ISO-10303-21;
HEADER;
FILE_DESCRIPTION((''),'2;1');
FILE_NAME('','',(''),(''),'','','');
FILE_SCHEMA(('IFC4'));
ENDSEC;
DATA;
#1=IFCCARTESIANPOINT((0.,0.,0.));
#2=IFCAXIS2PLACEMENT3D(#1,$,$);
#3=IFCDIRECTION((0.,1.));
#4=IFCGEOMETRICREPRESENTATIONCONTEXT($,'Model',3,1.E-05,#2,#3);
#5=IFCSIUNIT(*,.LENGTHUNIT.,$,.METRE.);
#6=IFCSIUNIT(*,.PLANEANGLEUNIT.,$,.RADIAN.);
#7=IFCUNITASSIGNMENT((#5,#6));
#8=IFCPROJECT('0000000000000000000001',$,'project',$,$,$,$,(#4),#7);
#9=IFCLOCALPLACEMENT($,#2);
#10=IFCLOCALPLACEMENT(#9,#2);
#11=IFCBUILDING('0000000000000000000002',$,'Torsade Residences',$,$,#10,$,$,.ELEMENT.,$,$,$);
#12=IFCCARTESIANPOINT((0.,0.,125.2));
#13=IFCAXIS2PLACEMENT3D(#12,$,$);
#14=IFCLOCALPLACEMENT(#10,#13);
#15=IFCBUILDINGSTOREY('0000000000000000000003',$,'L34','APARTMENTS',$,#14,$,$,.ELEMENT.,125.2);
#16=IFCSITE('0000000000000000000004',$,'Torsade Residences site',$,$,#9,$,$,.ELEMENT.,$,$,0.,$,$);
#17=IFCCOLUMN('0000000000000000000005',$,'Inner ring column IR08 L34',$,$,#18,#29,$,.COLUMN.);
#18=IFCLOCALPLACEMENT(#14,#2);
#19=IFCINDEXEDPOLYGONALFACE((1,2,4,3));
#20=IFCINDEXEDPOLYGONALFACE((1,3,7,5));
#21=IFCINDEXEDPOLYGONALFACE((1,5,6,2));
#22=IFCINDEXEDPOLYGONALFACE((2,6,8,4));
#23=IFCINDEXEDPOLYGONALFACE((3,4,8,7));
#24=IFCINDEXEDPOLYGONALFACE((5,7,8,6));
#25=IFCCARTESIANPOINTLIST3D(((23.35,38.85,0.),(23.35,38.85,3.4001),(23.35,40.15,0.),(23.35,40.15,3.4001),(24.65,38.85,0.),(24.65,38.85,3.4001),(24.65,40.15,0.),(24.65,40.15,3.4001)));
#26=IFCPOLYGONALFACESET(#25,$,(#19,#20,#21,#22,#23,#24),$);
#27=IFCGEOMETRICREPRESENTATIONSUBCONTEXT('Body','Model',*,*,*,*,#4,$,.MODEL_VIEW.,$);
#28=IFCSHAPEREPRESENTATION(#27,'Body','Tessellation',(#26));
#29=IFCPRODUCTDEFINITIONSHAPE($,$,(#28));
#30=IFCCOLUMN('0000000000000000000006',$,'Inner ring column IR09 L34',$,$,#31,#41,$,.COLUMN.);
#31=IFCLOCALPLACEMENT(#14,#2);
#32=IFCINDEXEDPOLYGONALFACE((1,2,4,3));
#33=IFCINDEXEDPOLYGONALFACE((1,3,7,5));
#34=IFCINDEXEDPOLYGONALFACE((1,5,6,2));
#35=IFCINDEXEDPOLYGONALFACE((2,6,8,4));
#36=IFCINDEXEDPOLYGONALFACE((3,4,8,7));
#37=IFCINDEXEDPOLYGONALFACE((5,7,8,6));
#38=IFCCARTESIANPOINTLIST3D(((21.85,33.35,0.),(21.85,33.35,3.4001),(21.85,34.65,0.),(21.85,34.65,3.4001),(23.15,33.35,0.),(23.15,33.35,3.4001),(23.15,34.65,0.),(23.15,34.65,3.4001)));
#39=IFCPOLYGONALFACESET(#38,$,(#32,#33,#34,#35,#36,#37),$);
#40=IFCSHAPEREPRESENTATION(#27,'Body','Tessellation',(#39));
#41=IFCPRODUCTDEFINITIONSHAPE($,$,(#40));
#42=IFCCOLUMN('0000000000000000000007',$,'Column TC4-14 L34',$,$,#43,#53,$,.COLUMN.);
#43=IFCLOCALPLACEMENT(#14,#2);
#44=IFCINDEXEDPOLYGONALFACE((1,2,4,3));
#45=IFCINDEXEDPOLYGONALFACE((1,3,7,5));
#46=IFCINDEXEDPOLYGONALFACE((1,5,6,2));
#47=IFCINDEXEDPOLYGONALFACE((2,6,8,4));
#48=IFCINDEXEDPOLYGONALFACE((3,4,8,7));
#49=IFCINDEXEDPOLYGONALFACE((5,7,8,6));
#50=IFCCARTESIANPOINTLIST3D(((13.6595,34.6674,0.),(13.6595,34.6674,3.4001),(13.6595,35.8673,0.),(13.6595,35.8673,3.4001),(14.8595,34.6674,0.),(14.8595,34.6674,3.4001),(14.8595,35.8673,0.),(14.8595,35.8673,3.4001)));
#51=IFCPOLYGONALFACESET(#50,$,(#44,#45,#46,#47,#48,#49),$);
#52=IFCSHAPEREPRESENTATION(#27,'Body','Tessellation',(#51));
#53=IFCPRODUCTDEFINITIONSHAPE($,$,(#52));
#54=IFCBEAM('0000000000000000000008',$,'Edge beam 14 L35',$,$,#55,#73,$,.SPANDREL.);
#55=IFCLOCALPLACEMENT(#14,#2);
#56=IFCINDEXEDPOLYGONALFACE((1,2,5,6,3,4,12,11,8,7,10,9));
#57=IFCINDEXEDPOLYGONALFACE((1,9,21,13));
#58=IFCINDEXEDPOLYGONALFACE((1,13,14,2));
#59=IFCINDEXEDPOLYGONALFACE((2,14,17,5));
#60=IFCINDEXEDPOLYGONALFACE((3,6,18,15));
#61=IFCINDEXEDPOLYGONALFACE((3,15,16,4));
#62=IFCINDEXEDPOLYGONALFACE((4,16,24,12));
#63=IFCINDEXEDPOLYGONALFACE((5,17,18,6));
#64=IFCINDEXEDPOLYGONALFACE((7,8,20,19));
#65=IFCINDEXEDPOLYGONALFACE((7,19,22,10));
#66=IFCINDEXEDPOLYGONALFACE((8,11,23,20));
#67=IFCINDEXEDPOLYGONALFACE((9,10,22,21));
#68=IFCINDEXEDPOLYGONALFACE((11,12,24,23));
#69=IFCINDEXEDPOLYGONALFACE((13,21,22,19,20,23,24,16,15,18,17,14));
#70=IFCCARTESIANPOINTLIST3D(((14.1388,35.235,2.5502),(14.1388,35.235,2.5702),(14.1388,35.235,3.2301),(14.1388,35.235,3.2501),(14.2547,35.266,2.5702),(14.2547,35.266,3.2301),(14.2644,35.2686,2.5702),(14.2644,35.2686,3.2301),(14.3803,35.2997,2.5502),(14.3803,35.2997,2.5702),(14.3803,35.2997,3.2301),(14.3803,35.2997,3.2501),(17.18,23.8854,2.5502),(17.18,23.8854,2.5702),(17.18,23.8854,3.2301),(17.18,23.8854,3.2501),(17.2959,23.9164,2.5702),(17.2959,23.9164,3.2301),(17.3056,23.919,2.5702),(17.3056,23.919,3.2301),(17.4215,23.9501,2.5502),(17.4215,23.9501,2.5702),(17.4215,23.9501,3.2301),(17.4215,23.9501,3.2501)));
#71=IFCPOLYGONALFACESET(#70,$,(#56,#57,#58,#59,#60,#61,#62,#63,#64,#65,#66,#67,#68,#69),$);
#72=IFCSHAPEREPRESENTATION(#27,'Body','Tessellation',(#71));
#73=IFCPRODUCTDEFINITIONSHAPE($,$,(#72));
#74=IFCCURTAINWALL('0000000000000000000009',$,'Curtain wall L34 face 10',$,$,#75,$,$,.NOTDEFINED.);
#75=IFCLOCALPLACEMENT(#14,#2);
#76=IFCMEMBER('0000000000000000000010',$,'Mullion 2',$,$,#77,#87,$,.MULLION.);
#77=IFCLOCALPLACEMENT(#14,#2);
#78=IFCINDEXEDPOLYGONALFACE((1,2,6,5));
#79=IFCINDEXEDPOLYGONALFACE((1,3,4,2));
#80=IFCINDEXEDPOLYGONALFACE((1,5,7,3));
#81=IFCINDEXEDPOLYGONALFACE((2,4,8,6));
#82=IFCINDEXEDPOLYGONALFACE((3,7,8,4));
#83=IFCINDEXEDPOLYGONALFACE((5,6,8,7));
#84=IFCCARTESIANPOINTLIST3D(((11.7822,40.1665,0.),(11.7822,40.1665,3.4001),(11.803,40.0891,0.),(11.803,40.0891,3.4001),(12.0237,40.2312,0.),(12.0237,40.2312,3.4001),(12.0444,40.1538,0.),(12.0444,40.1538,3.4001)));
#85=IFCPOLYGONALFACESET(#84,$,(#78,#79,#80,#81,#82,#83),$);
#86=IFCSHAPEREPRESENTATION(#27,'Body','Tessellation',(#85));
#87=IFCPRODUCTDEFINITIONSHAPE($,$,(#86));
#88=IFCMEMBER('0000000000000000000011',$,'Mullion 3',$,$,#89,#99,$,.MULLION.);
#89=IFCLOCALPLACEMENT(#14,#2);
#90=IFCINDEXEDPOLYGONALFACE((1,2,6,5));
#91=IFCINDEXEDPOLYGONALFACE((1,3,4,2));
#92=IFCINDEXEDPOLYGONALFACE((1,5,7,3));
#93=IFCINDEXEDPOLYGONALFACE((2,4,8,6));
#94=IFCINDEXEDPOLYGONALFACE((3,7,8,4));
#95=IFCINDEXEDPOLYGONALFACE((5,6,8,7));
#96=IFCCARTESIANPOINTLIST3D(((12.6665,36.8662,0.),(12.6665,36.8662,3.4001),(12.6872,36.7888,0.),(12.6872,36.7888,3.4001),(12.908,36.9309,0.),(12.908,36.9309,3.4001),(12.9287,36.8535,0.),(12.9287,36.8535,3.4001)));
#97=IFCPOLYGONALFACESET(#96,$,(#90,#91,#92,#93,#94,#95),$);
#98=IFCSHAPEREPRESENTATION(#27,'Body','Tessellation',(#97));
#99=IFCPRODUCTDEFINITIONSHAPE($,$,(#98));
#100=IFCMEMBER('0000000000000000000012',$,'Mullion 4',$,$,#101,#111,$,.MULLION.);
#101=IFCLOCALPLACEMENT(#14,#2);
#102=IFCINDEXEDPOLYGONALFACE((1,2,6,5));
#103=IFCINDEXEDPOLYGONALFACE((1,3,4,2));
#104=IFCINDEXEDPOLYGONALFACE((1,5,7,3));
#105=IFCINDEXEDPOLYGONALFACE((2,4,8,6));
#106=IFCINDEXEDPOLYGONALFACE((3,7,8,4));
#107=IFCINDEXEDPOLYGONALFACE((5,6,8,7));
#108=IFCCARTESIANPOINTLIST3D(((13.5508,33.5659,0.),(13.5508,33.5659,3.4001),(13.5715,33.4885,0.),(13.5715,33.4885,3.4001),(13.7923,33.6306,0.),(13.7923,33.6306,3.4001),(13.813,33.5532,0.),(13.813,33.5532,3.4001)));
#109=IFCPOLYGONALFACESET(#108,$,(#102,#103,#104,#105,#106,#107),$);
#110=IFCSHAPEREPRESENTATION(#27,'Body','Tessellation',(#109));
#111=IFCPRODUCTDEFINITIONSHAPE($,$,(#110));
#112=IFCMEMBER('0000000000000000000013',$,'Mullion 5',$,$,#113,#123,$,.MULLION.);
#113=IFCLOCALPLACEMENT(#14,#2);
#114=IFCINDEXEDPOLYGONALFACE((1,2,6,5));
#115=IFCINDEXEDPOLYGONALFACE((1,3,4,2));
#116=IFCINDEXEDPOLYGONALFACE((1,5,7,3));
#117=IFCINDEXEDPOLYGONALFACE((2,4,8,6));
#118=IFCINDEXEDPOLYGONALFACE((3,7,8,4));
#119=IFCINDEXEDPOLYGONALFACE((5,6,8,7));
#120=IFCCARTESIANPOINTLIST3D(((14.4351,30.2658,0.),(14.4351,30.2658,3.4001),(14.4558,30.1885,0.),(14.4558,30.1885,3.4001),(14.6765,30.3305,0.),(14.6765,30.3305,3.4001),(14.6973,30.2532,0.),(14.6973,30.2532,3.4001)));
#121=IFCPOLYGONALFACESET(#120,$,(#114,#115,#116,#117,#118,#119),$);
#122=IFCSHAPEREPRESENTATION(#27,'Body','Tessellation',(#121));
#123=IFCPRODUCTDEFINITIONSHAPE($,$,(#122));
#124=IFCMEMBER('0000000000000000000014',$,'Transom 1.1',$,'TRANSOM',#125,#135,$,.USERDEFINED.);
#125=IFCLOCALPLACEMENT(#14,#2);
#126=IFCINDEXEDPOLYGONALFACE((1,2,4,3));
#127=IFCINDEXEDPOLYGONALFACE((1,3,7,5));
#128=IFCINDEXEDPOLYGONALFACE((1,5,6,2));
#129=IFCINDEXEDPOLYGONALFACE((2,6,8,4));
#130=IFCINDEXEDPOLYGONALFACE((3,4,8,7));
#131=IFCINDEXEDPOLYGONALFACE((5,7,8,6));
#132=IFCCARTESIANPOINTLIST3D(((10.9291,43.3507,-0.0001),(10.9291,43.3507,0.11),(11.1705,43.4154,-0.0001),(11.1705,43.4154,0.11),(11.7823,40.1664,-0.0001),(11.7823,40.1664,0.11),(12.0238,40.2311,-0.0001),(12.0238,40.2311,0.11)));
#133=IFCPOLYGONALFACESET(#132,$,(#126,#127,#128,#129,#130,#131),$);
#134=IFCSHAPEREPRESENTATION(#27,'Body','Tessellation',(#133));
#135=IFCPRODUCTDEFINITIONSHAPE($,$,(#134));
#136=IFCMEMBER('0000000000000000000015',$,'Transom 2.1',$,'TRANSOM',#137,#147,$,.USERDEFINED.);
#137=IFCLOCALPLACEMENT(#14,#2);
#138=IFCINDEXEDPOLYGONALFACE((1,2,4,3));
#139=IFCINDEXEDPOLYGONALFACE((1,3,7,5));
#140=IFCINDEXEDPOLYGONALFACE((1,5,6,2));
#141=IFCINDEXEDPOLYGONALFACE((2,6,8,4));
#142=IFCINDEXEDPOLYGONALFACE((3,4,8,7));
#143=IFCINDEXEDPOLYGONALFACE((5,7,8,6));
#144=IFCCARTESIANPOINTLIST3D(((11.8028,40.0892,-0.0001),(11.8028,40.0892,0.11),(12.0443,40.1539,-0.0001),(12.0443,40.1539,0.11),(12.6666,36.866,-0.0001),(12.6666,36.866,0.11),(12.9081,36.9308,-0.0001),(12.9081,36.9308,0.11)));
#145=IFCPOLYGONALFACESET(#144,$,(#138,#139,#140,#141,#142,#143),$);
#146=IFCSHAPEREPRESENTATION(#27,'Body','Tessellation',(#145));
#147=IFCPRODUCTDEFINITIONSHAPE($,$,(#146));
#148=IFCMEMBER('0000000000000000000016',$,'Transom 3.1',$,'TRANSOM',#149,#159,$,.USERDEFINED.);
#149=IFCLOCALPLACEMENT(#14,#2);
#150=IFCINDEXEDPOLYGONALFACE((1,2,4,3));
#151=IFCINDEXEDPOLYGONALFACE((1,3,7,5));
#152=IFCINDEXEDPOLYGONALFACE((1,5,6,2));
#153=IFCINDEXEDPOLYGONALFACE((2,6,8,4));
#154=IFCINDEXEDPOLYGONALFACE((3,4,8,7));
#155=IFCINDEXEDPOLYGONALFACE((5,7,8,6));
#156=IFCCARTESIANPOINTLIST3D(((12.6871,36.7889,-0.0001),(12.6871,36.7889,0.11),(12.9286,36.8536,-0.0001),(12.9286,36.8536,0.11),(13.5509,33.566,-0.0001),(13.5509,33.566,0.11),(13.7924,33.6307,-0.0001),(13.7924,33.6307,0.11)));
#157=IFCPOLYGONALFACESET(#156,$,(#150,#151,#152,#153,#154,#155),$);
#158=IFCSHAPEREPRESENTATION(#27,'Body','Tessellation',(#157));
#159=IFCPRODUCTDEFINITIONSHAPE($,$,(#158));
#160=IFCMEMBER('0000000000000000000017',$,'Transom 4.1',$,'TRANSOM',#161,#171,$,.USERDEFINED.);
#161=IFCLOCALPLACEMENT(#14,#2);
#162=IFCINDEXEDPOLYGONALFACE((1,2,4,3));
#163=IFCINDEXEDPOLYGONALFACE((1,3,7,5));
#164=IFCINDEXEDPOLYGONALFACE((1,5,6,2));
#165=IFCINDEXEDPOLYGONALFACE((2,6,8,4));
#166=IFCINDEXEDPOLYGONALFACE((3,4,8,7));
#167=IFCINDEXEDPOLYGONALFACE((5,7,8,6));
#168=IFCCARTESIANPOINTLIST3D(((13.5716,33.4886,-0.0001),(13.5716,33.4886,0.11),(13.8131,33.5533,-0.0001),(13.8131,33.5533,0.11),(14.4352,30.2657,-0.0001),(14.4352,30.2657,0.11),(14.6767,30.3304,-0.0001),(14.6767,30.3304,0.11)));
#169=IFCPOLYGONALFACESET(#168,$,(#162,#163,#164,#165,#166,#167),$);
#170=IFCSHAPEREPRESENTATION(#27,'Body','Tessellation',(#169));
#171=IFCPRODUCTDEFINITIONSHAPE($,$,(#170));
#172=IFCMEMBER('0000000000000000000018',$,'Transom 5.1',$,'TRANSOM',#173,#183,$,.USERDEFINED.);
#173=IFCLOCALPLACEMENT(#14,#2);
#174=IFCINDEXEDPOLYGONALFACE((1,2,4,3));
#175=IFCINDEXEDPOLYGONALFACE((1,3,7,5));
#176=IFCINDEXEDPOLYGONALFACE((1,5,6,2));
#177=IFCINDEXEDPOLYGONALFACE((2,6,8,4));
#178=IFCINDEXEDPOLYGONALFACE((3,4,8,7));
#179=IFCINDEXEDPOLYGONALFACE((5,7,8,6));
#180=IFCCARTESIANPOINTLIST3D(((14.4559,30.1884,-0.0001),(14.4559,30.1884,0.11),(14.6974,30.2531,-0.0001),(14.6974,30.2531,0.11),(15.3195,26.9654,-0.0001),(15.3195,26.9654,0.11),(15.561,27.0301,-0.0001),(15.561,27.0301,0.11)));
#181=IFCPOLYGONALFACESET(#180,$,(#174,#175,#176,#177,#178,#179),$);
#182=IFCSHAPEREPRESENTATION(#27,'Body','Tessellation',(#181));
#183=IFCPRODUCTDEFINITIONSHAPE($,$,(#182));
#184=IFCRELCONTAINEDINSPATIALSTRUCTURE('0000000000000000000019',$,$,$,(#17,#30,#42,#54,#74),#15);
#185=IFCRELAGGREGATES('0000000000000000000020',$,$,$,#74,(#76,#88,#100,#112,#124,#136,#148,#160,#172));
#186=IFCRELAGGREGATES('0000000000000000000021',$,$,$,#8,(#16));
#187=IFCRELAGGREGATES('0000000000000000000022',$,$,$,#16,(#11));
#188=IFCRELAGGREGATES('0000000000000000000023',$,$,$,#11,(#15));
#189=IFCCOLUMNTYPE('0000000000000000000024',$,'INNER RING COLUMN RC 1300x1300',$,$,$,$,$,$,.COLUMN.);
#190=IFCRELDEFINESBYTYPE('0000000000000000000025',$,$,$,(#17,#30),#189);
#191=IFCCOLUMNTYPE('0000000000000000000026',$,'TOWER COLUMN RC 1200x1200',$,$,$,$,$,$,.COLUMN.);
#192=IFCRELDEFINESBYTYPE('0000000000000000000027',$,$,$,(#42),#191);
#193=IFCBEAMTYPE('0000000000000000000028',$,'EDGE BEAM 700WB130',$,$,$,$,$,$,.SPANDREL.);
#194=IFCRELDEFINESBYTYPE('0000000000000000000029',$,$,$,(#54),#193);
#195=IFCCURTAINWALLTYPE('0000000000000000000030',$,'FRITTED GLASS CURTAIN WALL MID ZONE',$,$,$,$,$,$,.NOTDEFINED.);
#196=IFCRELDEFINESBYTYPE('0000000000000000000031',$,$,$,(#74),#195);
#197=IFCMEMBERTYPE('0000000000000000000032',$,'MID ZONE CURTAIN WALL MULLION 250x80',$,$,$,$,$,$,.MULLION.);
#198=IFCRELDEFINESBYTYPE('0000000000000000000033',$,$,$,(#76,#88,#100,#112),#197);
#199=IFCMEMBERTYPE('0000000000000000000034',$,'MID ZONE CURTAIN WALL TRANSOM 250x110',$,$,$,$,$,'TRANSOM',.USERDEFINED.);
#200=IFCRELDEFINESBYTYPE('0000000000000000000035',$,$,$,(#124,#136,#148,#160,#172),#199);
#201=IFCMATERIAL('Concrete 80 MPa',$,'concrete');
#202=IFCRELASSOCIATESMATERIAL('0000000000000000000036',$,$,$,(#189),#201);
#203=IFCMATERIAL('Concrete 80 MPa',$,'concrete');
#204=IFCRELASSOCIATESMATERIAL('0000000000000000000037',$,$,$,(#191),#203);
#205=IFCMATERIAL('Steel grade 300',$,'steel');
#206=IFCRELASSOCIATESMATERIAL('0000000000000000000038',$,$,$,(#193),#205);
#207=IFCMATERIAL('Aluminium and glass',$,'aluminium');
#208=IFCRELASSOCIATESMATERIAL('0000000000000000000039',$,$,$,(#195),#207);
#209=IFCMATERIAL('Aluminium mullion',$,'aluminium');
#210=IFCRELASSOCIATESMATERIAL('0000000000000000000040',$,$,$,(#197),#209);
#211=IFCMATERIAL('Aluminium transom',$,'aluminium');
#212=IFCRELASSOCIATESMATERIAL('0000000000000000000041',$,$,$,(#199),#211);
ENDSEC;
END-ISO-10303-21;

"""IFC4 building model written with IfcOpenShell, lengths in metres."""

from ifc_helpers import new_model, si_unit, direction, frame, origin, origin_2d, place, context, subcontext, project, spatial, rectangle, i_section, extrude, material, material_profile, profile_set, type_object, element, aggregate, save


model = new_model("IFC4")

# Units and contexts
model_context = context("Model", 3, precision=1e-05, world=origin(), true_north=direction((0.0, 1.0)))
body_context = subcontext(model_context, "Body", "Model", "MODEL_VIEW")
ifc_project = project(units=[si_unit("LENGTHUNIT", "METRE"), si_unit("PLANEANGLEUNIT", "RADIAN")], contexts=[model_context])

# Site, building, storey
site_placement = place(None, origin())
site = spatial("IfcSite", under=ifc_project, at=site_placement, Name="Torsade Residences site", CompositionType="ELEMENT", RefElevation=0.0)
building_placement = place(site_placement, origin())
building = spatial("IfcBuilding", under=site, at=building_placement, Name="Torsade Residences", CompositionType="ELEMENT")
storey_placement = place(building_placement, frame((0.0, 0.0, 125.2)))
storey = spatial("IfcBuildingStorey", under=building, at=storey_placement, Name="L34", Description="APARTMENTS", CompositionType="ELEMENT", Elevation=125.2)

# Columns
ifc_material_1 = material(Name="Concrete 80 MPa", Category="concrete")
ifc_material_profile_1 = material_profile(ifc_material_1, rectangle(XDim=1.3, YDim=1.3, at=origin_2d()), Name="RC 1300x1300")
ifc_profile_set_1 = profile_set([ifc_material_profile_1], Name="Concrete 80 MPa")
column_type_1 = type_object("IfcColumnType", Name="INNER RING COLUMN RC 1300x1300", PredefinedType="COLUMN", material=ifc_profile_set_1)
for number, where, z_axis, x_axis, name in (
    (1, (24.0, 39.5, 0.0), (0.0, 0.0, 1.0), (1.0, 0.0, 0.0), "Inner ring column IR08 L34"),
    (2, (22.5, 34.0, 0.0), (0.0, 0.0, 1.0), (1.0, 0.0, 0.0), "Inner ring column IR09 L34"),
):
    element("IfcColumn", number, at=place(storey_placement, frame(where, z_axis=z_axis, x_axis=x_axis)), inside=storey, type_object=column_type_1, Name=name, PredefinedType="COLUMN", context=body_context, shape_type="SweptSolid", body=[
        extrude(rectangle(XDim=1.3, YDim=1.3, at=origin_2d()), origin(), (0.0, 0.0, 1.0), 3.4001),
    ])
ifc_material_2 = material(Name="Concrete 80 MPa", Category="concrete")
ifc_material_profile_2 = material_profile(ifc_material_2, rectangle(XDim=1.2, YDim=1.2, at=origin_2d()), Name="RC 1200x1200")
ifc_profile_set_2 = profile_set([ifc_material_profile_2], Name="Concrete 80 MPa")
column_type_2 = type_object("IfcColumnType", Name="TOWER COLUMN RC 1200x1200", PredefinedType="COLUMN", material=ifc_profile_set_2)
column_placement = place(storey_placement, frame((14.2595, 35.2673, 0.0), z_axis=(0.0, 0.0, 1.0), x_axis=(1.0, 0.0, 0.0)))
element("IfcColumn", 3, at=column_placement, inside=storey, type_object=column_type_2, Name="Column TC4-14 L34", PredefinedType="COLUMN", context=body_context, shape_type="SweptSolid", body=[
    extrude(rectangle(XDim=1.2, YDim=1.2, at=origin_2d()), origin(), (0.0, 0.0, 1.0), 3.4001),
])

# Beam
ifc_material_3 = material(Name="Steel grade 300", Category="steel")
ifc_material_profile_3 = material_profile(ifc_material_3, i_section(OverallWidth=0.25, OverallDepth=0.7, WebThickness=0.01, FlangeThickness=0.02, at=origin_2d()), Name="700WB130")
ifc_profile_set_3 = profile_set([ifc_material_profile_3], Name="Steel grade 300")
beam_type_1 = type_object("IfcBeamType", Name="EDGE BEAM 700WB130", PredefinedType="SPANDREL", material=ifc_profile_set_3)
beam_1_placement = place(storey_placement, frame((14.2595, 35.2673, 2.9001), z_axis=(0.25883, -0.965923, 0.0), x_axis=(0.965923, 0.25883, 0.0)))
element("IfcBeam", 4, at=beam_1_placement, inside=storey, type_object=beam_type_1, Name="Edge beam 14 L35", PredefinedType="SPANDREL", context=body_context, shape_type="SweptSolid", body=[
    extrude(i_section(OverallWidth=0.25, OverallDepth=0.7, WebThickness=0.01, FlangeThickness=0.02, at=origin_2d()), origin(), (0.0, 0.0, 1.0), 11.75),
])

# Curtain wall, members
ifc_material_4 = material(Name="Aluminium and glass", Category="aluminium")
curtain_wall_type = type_object("IfcCurtainWallType", Name="FRITTED GLASS CURTAIN WALL MID ZONE", PredefinedType="NOTDEFINED", material=ifc_material_4)
curtain_wall_placement = place(storey_placement, origin())
curtain_wall = element("IfcCurtainWall", 5, at=curtain_wall_placement, inside=storey, type_object=curtain_wall_type, Name="Curtain wall L34 face 10", PredefinedType="NOTDEFINED")
ifc_material_5 = material(Name="Aluminium mullion", Category="aluminium")
ifc_material_profile_4 = material_profile(ifc_material_5, rectangle(XDim=0.25, YDim=0.0801, at=origin_2d()), Name="MID ZONE CURTAIN WALL MULLION 250x80")
ifc_profile_set_4 = profile_set([ifc_material_profile_4], Name="Aluminium mullion")
member_type_1 = type_object("IfcMemberType", Name="MID ZONE CURTAIN WALL MULLION 250x80", PredefinedType="MULLION", material=ifc_profile_set_4)
member_1_placement = place(storey_placement, frame((11.9133, 40.1602, 0.0), z_axis=(0.0, 0.0, 1.0), x_axis=(0.965926, 0.258819, 0.0)))
member_1 = element("IfcMember", 6, at=member_1_placement, type_object=member_type_1, Name="Mullion 2", PredefinedType="MULLION", context=body_context, shape_type="SweptSolid", body=[
    extrude(rectangle(XDim=0.25, YDim=0.0801, at=origin_2d()), origin(), (0.0, 0.0, 1.0), 3.4001),
])
member_2_placement = place(storey_placement, frame((12.7976, 36.8599, 0.0), z_axis=(0.0, 0.0, 1.0), x_axis=(0.965926, 0.258819, 0.0)))
member_2 = element("IfcMember", 7, at=member_2_placement, type_object=member_type_1, Name="Mullion 3", PredefinedType="MULLION", context=body_context, shape_type="SweptSolid", body=[
    extrude(rectangle(XDim=0.25, YDim=0.0801, at=origin_2d()), origin(), (0.0, 0.0, 1.0), 3.4001),
])
member_3_placement = place(storey_placement, frame((13.6819, 33.5596, 0.0), z_axis=(0.0, 0.0, 1.0), x_axis=(0.965926, 0.258819, 0.0)))
member_3 = element("IfcMember", 8, at=member_3_placement, type_object=member_type_1, Name="Mullion 4", PredefinedType="MULLION", context=body_context, shape_type="SweptSolid", body=[
    extrude(rectangle(XDim=0.25, YDim=0.0801, at=origin_2d()), origin(), (0.0, 0.0, 1.0), 3.4001),
])
member_4_placement = place(storey_placement, frame((14.5662, 30.2595, 0.0), z_axis=(0.0, 0.0, 1.0), x_axis=(0.965926, 0.258819, 0.0)))
member_4 = element("IfcMember", 9, at=member_4_placement, type_object=member_type_1, Name="Mullion 5", PredefinedType="MULLION", context=body_context, shape_type="SweptSolid", body=[
    extrude(rectangle(XDim=0.25, YDim=0.0801, at=origin_2d()), origin(), (0.0, 0.0, 1.0), 3.4001),
])
ifc_material_6 = material(Name="Aluminium transom", Category="aluminium")
ifc_material_profile_5 = material_profile(ifc_material_6, rectangle(XDim=0.25, YDim=0.1101, at=origin_2d()), Name="MID ZONE CURTAIN WALL TRANSOM 250x110")
ifc_profile_set_5 = profile_set([ifc_material_profile_5], Name="Aluminium transom")
member_type_2 = type_object("IfcMemberType", Name="MID ZONE CURTAIN WALL TRANSOM 250x110", ElementType="TRANSOM", PredefinedType="USERDEFINED", material=ifc_profile_set_5)
member_5_placement = place(storey_placement, frame((11.0498, 43.3831, 0.0549), z_axis=(0.258829, -0.965923, 0.0), x_axis=(0.965923, 0.258829, 0.0)))
member_5 = element("IfcMember", 10, at=member_5_placement, type_object=member_type_2, Name="Transom 1.1", ObjectType="TRANSOM", PredefinedType="USERDEFINED", context=body_context, shape_type="SweptSolid", body=[
    extrude(rectangle(XDim=0.25, YDim=0.1101, at=origin_2d()), origin(), (0.0, 0.0, 1.0), 3.2966),
])
member_6_placement = place(storey_placement, frame((11.9236, 40.1216, 0.0549), z_axis=(0.258856, -0.965916, 0.0), x_axis=(0.965916, 0.258856, 0.0)))
member_6 = element("IfcMember", 11, at=member_6_placement, type_object=member_type_2, Name="Transom 2.1", ObjectType="TRANSOM", PredefinedType="USERDEFINED", context=body_context, shape_type="SweptSolid", body=[
    extrude(rectangle(XDim=0.25, YDim=0.1101, at=origin_2d()), origin(), (0.0, 0.0, 1.0), 3.3369),
])
member_7_placement = place(storey_placement, frame((12.8079, 36.8213, 0.0549), z_axis=(0.258874, -0.965911, 0.0), x_axis=(0.965911, 0.258874, 0.0)))
member_7 = element("IfcMember", 12, at=member_7_placement, type_object=member_type_2, Name="Transom 3.1", ObjectType="TRANSOM", PredefinedType="USERDEFINED", context=body_context, shape_type="SweptSolid", body=[
    extrude(rectangle(XDim=0.25, YDim=0.1101, at=origin_2d()), origin(), (0.0, 0.0, 1.0), 3.3367),
])
member_8_placement = place(storey_placement, frame((13.6924, 33.521, 0.0549), z_axis=(0.258806, -0.965929, 0.0), x_axis=(0.965929, 0.258806, 0.0)))
member_8 = element("IfcMember", 13, at=member_8_placement, type_object=member_type_2, Name="Transom 4.1", ObjectType="TRANSOM", PredefinedType="USERDEFINED", context=body_context, shape_type="SweptSolid", body=[
    extrude(rectangle(XDim=0.25, YDim=0.1101, at=origin_2d()), origin(), (0.0, 0.0, 1.0), 3.3367),
])
member_9_placement = place(storey_placement, frame((14.5767, 30.2207, 0.0549), z_axis=(0.258806, -0.965929, 0.0), x_axis=(0.965929, 0.258806, 0.0)))
member_9 = element("IfcMember", 14, at=member_9_placement, type_object=member_type_2, Name="Transom 5.1", ObjectType="TRANSOM", PredefinedType="USERDEFINED", context=body_context, shape_type="SweptSolid", body=[
    extrude(rectangle(XDim=0.25, YDim=0.1101, at=origin_2d()), origin(), (0.0, 0.0, 1.0), 3.3367),
])

aggregate(curtain_wall, [member_1, member_2, member_3, member_4, member_5, member_6, member_7, member_8, member_9])

save(model, "model.ifc")
